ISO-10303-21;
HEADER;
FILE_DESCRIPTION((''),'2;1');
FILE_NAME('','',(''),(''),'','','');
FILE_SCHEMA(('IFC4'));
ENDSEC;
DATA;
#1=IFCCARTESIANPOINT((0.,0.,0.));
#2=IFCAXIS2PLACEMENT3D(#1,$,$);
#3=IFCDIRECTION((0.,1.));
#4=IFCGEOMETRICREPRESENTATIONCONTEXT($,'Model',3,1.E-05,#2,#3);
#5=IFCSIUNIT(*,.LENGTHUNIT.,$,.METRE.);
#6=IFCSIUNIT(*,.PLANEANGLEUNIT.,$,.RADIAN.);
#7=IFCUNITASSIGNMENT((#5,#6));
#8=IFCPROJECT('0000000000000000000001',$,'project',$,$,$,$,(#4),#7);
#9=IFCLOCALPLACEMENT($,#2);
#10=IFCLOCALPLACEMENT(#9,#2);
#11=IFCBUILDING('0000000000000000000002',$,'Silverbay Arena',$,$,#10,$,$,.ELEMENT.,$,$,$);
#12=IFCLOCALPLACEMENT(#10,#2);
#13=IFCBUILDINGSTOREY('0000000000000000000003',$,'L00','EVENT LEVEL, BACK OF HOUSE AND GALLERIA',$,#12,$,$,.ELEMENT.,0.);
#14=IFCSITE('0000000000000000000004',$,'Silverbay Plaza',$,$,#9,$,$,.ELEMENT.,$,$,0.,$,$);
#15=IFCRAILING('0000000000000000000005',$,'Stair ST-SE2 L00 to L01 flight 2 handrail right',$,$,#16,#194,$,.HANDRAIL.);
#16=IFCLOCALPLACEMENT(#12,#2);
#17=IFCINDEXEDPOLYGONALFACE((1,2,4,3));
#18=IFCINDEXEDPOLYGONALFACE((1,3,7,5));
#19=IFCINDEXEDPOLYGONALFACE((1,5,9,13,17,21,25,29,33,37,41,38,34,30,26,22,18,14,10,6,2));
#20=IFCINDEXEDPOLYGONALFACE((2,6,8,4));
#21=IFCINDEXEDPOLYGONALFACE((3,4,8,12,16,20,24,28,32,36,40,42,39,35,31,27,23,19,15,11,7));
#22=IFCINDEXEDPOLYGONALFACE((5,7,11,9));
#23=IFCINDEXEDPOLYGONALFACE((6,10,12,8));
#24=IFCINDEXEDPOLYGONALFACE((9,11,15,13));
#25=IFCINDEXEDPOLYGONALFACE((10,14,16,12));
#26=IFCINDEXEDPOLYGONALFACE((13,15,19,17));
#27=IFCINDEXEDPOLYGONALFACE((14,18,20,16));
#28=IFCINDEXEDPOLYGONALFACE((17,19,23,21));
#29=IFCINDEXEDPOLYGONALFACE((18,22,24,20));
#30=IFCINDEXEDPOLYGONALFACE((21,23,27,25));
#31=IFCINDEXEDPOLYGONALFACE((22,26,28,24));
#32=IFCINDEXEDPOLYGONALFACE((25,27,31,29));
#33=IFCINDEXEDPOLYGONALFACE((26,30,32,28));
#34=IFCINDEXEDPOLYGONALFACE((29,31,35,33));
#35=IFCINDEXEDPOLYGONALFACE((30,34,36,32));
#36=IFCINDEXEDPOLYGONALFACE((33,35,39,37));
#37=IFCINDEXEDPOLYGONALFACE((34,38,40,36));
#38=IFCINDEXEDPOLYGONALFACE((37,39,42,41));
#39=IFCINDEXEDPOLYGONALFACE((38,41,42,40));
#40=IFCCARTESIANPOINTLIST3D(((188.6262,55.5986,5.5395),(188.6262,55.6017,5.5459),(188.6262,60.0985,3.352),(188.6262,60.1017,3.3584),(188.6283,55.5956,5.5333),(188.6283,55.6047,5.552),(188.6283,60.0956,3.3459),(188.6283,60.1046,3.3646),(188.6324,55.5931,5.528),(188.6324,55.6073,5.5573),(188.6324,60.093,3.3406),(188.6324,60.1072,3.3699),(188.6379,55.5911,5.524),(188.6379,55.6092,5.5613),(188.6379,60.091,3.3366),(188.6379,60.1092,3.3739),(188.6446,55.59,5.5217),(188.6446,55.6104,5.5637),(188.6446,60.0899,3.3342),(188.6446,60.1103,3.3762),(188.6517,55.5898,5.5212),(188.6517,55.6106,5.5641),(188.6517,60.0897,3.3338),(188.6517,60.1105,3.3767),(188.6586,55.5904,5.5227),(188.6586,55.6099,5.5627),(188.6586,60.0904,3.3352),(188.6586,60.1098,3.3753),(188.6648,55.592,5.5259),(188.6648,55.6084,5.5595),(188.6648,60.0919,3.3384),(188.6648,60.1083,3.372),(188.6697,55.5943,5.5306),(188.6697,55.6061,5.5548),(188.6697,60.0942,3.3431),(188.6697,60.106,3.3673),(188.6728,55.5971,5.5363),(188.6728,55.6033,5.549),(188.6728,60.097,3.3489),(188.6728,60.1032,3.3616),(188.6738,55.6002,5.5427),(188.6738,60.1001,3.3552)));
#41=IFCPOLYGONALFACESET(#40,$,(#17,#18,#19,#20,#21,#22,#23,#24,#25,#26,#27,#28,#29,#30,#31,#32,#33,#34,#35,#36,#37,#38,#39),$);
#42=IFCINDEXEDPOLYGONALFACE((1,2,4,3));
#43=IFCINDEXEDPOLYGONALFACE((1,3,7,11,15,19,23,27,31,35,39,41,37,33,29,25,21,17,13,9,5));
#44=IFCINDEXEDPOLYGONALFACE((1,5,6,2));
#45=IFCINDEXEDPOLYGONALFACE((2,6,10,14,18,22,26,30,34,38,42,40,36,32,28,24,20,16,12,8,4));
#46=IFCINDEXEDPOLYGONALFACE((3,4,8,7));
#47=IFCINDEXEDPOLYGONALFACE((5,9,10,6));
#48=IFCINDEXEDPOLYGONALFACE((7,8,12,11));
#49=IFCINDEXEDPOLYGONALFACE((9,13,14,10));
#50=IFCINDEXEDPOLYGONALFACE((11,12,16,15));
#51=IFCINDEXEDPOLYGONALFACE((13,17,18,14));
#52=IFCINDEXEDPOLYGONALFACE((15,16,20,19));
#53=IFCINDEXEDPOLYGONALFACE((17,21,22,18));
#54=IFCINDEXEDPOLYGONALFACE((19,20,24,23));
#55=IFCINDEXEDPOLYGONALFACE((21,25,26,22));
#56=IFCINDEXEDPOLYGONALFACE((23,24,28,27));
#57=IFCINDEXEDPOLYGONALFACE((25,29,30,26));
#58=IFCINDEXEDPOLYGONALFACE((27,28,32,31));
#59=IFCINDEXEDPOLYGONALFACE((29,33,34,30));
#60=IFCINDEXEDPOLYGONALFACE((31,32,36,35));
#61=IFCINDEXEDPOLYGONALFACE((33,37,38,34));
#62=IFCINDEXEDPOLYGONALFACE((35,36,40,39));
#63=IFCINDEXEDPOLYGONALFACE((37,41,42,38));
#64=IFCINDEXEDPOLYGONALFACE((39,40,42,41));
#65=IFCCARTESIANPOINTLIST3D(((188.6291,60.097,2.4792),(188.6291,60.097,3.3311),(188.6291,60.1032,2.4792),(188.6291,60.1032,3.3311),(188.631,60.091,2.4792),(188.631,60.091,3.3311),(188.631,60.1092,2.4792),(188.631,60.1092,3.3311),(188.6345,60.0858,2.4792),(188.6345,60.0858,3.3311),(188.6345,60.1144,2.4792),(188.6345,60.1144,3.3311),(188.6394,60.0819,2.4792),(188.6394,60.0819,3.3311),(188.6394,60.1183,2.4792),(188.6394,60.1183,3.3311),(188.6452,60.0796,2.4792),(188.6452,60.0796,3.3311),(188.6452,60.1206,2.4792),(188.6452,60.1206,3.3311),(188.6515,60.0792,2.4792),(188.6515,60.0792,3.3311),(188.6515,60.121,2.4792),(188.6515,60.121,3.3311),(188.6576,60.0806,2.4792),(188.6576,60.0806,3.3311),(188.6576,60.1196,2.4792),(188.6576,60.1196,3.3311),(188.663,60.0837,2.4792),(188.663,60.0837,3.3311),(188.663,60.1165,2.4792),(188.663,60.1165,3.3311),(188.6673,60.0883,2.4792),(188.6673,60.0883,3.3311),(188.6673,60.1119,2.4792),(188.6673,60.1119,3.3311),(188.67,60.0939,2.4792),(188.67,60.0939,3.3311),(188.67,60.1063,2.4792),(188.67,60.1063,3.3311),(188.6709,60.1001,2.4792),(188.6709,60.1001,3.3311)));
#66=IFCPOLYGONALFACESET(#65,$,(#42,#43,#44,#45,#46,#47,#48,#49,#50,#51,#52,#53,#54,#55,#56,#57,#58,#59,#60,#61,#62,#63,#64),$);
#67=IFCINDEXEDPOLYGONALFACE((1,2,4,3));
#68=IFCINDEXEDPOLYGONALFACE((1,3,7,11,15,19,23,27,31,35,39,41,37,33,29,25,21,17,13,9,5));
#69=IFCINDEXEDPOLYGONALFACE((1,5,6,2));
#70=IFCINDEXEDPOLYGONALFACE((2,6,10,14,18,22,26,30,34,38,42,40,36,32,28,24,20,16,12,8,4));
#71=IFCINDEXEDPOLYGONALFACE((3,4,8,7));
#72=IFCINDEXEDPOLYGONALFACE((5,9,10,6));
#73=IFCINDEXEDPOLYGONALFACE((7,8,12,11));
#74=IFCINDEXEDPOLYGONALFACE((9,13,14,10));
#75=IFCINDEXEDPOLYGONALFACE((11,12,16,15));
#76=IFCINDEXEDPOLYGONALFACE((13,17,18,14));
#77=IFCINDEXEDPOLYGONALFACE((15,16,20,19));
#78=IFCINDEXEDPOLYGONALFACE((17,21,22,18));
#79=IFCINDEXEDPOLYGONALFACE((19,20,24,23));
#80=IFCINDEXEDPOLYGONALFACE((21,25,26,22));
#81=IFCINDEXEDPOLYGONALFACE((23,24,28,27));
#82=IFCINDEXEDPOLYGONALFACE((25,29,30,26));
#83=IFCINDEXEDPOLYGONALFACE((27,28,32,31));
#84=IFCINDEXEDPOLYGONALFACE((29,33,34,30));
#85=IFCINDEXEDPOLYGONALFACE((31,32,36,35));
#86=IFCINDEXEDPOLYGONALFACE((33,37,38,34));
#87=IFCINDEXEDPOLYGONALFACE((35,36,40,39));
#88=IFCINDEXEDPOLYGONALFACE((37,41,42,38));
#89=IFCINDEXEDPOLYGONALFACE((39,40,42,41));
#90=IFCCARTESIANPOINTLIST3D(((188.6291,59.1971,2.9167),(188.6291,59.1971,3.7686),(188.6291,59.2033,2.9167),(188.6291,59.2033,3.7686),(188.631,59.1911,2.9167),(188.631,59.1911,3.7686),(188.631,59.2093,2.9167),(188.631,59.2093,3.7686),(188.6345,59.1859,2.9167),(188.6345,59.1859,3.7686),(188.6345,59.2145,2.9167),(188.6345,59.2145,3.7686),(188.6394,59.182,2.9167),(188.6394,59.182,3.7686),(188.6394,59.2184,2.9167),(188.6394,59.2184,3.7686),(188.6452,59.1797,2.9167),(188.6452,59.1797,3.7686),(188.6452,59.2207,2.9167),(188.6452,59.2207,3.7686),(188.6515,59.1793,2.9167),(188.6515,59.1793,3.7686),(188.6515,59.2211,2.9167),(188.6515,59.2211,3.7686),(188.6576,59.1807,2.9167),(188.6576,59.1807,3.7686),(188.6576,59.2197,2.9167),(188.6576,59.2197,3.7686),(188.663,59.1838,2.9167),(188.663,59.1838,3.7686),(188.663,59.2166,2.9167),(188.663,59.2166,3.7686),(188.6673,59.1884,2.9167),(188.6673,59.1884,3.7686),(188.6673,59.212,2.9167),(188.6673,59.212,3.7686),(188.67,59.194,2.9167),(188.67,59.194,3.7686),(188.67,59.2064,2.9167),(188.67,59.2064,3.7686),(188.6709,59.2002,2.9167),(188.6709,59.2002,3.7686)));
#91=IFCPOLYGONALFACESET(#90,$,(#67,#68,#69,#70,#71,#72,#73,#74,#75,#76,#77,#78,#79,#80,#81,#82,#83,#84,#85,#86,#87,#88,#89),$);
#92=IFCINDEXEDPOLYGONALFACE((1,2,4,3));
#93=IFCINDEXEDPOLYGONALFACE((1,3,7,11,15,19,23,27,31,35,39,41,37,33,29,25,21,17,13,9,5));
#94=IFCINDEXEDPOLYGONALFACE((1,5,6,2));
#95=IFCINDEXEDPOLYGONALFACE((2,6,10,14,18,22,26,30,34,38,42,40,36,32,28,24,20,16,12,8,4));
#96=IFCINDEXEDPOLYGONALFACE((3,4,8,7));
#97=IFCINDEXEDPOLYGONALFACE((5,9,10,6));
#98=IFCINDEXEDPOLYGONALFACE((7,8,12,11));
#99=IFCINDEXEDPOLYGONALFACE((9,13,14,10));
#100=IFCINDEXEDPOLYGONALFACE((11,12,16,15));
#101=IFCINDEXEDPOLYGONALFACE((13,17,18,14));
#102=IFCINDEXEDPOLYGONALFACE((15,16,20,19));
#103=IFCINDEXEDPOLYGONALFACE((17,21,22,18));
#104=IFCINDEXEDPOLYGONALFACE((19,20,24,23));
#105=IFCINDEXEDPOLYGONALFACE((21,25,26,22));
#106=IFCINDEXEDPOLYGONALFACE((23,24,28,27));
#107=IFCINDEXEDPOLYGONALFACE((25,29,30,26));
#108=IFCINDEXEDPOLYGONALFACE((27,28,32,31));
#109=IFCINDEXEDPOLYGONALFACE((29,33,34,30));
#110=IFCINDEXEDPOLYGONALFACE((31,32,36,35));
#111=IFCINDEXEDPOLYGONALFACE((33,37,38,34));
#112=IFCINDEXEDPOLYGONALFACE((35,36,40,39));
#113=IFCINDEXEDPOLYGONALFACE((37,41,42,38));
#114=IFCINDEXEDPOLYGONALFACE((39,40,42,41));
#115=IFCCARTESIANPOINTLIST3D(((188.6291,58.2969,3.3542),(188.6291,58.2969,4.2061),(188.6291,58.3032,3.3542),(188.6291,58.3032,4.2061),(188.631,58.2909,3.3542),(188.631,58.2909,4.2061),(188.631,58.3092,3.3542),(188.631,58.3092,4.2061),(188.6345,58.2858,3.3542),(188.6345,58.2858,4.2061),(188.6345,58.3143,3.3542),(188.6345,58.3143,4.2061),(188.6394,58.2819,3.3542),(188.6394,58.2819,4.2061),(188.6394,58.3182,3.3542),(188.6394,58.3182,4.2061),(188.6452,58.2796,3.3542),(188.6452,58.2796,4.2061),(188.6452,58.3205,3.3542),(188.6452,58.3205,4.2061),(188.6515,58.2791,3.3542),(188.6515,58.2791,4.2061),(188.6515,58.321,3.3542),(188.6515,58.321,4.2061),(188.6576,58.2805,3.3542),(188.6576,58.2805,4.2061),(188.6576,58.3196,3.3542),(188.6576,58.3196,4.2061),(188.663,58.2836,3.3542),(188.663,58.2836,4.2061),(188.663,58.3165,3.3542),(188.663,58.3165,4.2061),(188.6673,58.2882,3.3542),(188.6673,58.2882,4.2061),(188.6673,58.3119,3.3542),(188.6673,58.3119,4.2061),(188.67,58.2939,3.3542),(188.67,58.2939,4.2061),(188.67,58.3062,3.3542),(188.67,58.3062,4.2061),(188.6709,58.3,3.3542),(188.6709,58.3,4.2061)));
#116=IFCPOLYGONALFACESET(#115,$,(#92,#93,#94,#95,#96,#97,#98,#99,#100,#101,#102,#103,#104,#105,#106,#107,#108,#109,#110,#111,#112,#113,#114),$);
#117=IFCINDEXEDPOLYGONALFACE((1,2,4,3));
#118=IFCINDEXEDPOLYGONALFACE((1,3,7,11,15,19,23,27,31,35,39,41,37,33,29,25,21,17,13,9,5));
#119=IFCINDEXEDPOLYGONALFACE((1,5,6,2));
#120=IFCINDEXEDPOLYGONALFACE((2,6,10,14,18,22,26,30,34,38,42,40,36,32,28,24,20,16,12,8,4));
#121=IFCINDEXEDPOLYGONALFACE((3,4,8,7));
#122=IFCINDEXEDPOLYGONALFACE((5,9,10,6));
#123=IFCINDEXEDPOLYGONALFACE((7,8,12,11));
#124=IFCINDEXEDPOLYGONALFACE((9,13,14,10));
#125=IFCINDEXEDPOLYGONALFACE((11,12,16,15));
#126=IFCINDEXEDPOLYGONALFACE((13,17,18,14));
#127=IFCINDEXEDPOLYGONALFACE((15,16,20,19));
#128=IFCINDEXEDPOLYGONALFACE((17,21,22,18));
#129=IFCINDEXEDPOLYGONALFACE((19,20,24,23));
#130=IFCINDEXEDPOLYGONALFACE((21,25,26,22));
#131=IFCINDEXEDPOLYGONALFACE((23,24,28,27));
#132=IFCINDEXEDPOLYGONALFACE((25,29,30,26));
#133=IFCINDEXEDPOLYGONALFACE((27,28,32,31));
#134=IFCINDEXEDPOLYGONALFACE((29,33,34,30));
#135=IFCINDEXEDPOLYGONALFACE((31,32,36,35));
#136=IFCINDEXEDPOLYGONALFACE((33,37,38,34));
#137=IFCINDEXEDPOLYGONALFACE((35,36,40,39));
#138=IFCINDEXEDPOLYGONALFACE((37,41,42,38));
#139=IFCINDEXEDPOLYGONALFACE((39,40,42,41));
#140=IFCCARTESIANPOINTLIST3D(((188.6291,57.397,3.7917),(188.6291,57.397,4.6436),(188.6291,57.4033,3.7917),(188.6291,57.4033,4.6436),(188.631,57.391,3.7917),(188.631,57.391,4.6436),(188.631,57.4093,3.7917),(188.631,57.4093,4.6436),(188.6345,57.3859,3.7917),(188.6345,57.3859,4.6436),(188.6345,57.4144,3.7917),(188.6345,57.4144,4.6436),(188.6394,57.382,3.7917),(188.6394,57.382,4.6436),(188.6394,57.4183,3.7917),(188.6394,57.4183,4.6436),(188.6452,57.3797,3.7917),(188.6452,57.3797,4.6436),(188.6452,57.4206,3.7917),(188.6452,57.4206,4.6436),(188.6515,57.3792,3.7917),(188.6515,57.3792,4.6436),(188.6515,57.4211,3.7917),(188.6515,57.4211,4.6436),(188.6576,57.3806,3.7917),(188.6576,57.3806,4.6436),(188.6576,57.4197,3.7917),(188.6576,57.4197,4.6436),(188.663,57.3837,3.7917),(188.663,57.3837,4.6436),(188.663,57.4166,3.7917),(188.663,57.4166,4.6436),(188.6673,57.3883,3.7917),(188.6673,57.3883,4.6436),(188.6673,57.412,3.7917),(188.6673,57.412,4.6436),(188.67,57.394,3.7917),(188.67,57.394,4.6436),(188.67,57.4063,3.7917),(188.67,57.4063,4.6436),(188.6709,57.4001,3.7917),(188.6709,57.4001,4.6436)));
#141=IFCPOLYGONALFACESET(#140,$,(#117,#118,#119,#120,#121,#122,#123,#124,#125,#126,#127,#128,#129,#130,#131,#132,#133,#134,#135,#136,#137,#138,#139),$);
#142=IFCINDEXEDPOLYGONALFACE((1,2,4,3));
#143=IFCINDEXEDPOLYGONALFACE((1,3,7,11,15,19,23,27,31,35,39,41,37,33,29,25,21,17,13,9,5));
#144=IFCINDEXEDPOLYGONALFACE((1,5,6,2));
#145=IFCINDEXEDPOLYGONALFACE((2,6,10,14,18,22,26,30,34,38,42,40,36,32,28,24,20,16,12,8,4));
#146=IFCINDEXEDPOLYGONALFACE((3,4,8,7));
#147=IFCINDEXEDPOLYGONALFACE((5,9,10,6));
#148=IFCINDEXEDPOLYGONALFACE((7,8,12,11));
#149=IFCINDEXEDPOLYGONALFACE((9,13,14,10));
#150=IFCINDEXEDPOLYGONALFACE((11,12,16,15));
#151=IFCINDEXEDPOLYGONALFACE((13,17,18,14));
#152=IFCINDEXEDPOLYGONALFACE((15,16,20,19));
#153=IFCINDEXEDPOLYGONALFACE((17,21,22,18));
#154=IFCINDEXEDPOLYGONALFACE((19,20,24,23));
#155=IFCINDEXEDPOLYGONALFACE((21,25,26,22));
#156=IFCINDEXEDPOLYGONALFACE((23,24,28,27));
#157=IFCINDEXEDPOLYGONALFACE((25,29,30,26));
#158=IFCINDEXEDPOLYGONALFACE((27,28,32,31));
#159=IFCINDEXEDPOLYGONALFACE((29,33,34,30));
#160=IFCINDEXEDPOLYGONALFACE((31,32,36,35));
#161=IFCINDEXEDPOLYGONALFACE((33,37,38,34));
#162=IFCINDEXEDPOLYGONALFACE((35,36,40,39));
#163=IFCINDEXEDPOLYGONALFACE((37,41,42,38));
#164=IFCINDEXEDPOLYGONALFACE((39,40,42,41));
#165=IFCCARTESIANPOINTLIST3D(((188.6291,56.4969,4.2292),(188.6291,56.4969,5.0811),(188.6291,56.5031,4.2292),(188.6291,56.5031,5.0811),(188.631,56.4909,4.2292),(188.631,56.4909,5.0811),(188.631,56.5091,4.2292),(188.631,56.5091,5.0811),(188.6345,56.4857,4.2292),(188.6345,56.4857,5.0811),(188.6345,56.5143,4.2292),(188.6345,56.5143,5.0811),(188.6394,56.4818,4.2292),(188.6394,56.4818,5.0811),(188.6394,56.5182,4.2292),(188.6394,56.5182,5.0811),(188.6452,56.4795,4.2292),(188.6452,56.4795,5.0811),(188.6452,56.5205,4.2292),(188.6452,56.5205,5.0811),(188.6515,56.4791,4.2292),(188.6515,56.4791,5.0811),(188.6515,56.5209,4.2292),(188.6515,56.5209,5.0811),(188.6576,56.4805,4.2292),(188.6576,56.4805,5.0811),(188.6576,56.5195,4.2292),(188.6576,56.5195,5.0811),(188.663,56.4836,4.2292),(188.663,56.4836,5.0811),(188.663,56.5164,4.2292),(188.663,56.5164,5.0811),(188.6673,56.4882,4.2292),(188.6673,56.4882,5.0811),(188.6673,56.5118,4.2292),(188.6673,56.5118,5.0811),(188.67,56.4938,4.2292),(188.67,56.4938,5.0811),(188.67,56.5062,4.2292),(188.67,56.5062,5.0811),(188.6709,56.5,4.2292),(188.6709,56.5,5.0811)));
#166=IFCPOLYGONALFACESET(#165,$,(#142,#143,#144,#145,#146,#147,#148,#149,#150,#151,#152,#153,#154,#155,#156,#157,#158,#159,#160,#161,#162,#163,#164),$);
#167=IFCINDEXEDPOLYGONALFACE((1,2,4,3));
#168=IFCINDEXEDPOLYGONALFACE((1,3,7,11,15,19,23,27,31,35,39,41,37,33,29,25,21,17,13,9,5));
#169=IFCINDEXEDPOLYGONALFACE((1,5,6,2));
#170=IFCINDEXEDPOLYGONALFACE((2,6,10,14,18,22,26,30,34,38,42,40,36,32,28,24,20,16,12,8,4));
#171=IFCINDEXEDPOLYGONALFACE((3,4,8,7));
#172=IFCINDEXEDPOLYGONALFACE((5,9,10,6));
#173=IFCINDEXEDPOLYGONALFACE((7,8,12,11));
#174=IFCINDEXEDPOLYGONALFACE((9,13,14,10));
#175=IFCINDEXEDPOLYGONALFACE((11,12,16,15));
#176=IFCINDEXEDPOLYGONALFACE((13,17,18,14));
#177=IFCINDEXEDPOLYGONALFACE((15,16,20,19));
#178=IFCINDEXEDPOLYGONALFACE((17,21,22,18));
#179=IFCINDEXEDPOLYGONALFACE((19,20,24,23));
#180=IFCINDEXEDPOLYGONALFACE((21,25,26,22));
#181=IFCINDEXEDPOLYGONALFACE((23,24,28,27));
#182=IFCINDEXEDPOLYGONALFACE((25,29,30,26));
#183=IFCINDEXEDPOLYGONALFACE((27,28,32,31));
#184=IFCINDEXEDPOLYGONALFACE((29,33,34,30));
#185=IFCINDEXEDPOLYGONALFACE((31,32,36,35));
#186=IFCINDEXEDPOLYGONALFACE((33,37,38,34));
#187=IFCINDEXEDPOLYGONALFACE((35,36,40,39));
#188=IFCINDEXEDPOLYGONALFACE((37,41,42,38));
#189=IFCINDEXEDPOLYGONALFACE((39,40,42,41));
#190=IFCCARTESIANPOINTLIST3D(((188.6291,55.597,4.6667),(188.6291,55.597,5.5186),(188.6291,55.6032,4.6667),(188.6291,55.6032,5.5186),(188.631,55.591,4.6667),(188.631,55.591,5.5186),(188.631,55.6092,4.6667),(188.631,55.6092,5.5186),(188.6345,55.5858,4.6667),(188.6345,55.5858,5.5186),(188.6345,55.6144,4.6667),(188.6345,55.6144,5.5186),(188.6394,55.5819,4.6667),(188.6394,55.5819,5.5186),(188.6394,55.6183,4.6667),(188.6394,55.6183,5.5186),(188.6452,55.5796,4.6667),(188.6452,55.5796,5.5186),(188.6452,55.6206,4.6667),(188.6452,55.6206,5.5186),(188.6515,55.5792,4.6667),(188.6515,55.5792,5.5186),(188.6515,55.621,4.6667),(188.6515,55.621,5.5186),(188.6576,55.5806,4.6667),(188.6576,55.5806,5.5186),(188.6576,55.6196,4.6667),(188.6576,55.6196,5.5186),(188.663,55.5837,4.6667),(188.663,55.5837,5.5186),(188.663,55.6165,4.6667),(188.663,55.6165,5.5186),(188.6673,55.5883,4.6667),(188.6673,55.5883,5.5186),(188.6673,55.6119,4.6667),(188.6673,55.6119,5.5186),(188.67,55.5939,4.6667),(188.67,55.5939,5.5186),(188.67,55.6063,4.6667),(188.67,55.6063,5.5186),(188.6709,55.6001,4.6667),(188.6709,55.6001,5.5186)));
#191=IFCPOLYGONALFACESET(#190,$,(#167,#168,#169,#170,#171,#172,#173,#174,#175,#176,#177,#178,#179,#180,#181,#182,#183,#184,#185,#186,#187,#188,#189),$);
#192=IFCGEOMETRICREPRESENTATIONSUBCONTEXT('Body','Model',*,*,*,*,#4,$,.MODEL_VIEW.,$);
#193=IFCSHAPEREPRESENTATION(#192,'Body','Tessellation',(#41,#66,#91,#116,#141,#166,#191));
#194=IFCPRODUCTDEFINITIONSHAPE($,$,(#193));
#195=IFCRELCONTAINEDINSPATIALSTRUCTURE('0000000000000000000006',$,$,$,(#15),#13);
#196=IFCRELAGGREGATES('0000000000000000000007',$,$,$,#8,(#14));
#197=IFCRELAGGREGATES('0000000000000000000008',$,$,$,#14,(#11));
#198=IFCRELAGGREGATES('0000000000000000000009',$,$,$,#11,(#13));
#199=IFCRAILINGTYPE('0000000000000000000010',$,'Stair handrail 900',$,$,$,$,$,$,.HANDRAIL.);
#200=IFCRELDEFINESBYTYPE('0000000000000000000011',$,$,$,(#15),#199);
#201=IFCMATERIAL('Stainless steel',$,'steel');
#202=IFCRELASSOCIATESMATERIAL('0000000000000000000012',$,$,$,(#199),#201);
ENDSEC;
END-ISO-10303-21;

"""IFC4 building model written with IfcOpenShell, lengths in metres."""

from ifc_helpers import new_model, si_unit, direction, frame, origin, origin_2d, place, context, subcontext, project, spatial, circle, extrude, material, type_object, element, save


model = new_model("IFC4")

# Units and contexts
model_context = context("Model", 3, precision=1e-05, world=origin(), true_north=direction((0.0, 1.0)))
body_context = subcontext(model_context, "Body", "Model", "MODEL_VIEW")
ifc_project = project(units=[si_unit("LENGTHUNIT", "METRE"), si_unit("PLANEANGLEUNIT", "RADIAN")], contexts=[model_context])

# Site, building, storey
site_placement = place(None, origin())
site = spatial("IfcSite", under=ifc_project, at=site_placement, Name="Silverbay Plaza", CompositionType="ELEMENT", RefElevation=0.0)
building_placement = place(site_placement, origin())
building = spatial("IfcBuilding", under=site, at=building_placement, Name="Silverbay Arena", CompositionType="ELEMENT")
storey_placement = place(building_placement, origin())
storey = spatial("IfcBuildingStorey", under=building, at=storey_placement, Name="L00", Description="EVENT LEVEL, BACK OF HOUSE AND GALLERIA", CompositionType="ELEMENT", Elevation=0.0)

# Railing
ifc_material_1 = material(Name="Stainless steel", Category="steel")
railing_type_1 = type_object("IfcRailingType", Name="Stair handrail 900", PredefinedType="HANDRAIL", material=ifc_material_1)
for number, where, name in (
    (1, (188.6499, 60.1001, 2.4792), "Stair ST-SE2 L00 to L01 flight 2 handrail right"),
):
    element("IfcRailing", number, at=place(storey_placement, frame(where)), inside=storey, type_object=railing_type_1, Name=name, PredefinedType="HANDRAIL", context=body_context, shape_type="SweptSolid", body=[
        extrude(circle(Radius=0.0239, at=origin_2d()), frame((0.0, 0.0, 0.876), z_axis=(0.0, -0.899368, 0.437193), x_axis=(1.0, 0.0, 0.0)), (0.0, 0.0, 1.0), 5.0034),
        extrude(circle(Radius=0.021, at=origin_2d()), origin(), (0.0, 0.0, 1.0), 0.8518),
        extrude(circle(Radius=0.021, at=origin_2d()), frame((0.0, -0.8999, 0.4375)), (0.0, 0.0, 1.0), 0.8518),
        extrude(circle(Radius=0.021, at=origin_2d()), frame((0.0, -1.8, 0.875)), (0.0, 0.0, 1.0), 0.8518),
        extrude(circle(Radius=0.021, at=origin_2d()), frame((0.0, -2.7, 1.3125)), (0.0, 0.0, 1.0), 0.8518),
        extrude(circle(Radius=0.021, at=origin_2d()), frame((0.0, -3.6001, 1.75)), (0.0, 0.0, 1.0), 0.8518),
        extrude(circle(Radius=0.021, at=origin_2d()), frame((0.0, -4.5, 2.1875)), (0.0, 0.0, 1.0), 0.8518),
    ])

save(model, "model.ifc")
